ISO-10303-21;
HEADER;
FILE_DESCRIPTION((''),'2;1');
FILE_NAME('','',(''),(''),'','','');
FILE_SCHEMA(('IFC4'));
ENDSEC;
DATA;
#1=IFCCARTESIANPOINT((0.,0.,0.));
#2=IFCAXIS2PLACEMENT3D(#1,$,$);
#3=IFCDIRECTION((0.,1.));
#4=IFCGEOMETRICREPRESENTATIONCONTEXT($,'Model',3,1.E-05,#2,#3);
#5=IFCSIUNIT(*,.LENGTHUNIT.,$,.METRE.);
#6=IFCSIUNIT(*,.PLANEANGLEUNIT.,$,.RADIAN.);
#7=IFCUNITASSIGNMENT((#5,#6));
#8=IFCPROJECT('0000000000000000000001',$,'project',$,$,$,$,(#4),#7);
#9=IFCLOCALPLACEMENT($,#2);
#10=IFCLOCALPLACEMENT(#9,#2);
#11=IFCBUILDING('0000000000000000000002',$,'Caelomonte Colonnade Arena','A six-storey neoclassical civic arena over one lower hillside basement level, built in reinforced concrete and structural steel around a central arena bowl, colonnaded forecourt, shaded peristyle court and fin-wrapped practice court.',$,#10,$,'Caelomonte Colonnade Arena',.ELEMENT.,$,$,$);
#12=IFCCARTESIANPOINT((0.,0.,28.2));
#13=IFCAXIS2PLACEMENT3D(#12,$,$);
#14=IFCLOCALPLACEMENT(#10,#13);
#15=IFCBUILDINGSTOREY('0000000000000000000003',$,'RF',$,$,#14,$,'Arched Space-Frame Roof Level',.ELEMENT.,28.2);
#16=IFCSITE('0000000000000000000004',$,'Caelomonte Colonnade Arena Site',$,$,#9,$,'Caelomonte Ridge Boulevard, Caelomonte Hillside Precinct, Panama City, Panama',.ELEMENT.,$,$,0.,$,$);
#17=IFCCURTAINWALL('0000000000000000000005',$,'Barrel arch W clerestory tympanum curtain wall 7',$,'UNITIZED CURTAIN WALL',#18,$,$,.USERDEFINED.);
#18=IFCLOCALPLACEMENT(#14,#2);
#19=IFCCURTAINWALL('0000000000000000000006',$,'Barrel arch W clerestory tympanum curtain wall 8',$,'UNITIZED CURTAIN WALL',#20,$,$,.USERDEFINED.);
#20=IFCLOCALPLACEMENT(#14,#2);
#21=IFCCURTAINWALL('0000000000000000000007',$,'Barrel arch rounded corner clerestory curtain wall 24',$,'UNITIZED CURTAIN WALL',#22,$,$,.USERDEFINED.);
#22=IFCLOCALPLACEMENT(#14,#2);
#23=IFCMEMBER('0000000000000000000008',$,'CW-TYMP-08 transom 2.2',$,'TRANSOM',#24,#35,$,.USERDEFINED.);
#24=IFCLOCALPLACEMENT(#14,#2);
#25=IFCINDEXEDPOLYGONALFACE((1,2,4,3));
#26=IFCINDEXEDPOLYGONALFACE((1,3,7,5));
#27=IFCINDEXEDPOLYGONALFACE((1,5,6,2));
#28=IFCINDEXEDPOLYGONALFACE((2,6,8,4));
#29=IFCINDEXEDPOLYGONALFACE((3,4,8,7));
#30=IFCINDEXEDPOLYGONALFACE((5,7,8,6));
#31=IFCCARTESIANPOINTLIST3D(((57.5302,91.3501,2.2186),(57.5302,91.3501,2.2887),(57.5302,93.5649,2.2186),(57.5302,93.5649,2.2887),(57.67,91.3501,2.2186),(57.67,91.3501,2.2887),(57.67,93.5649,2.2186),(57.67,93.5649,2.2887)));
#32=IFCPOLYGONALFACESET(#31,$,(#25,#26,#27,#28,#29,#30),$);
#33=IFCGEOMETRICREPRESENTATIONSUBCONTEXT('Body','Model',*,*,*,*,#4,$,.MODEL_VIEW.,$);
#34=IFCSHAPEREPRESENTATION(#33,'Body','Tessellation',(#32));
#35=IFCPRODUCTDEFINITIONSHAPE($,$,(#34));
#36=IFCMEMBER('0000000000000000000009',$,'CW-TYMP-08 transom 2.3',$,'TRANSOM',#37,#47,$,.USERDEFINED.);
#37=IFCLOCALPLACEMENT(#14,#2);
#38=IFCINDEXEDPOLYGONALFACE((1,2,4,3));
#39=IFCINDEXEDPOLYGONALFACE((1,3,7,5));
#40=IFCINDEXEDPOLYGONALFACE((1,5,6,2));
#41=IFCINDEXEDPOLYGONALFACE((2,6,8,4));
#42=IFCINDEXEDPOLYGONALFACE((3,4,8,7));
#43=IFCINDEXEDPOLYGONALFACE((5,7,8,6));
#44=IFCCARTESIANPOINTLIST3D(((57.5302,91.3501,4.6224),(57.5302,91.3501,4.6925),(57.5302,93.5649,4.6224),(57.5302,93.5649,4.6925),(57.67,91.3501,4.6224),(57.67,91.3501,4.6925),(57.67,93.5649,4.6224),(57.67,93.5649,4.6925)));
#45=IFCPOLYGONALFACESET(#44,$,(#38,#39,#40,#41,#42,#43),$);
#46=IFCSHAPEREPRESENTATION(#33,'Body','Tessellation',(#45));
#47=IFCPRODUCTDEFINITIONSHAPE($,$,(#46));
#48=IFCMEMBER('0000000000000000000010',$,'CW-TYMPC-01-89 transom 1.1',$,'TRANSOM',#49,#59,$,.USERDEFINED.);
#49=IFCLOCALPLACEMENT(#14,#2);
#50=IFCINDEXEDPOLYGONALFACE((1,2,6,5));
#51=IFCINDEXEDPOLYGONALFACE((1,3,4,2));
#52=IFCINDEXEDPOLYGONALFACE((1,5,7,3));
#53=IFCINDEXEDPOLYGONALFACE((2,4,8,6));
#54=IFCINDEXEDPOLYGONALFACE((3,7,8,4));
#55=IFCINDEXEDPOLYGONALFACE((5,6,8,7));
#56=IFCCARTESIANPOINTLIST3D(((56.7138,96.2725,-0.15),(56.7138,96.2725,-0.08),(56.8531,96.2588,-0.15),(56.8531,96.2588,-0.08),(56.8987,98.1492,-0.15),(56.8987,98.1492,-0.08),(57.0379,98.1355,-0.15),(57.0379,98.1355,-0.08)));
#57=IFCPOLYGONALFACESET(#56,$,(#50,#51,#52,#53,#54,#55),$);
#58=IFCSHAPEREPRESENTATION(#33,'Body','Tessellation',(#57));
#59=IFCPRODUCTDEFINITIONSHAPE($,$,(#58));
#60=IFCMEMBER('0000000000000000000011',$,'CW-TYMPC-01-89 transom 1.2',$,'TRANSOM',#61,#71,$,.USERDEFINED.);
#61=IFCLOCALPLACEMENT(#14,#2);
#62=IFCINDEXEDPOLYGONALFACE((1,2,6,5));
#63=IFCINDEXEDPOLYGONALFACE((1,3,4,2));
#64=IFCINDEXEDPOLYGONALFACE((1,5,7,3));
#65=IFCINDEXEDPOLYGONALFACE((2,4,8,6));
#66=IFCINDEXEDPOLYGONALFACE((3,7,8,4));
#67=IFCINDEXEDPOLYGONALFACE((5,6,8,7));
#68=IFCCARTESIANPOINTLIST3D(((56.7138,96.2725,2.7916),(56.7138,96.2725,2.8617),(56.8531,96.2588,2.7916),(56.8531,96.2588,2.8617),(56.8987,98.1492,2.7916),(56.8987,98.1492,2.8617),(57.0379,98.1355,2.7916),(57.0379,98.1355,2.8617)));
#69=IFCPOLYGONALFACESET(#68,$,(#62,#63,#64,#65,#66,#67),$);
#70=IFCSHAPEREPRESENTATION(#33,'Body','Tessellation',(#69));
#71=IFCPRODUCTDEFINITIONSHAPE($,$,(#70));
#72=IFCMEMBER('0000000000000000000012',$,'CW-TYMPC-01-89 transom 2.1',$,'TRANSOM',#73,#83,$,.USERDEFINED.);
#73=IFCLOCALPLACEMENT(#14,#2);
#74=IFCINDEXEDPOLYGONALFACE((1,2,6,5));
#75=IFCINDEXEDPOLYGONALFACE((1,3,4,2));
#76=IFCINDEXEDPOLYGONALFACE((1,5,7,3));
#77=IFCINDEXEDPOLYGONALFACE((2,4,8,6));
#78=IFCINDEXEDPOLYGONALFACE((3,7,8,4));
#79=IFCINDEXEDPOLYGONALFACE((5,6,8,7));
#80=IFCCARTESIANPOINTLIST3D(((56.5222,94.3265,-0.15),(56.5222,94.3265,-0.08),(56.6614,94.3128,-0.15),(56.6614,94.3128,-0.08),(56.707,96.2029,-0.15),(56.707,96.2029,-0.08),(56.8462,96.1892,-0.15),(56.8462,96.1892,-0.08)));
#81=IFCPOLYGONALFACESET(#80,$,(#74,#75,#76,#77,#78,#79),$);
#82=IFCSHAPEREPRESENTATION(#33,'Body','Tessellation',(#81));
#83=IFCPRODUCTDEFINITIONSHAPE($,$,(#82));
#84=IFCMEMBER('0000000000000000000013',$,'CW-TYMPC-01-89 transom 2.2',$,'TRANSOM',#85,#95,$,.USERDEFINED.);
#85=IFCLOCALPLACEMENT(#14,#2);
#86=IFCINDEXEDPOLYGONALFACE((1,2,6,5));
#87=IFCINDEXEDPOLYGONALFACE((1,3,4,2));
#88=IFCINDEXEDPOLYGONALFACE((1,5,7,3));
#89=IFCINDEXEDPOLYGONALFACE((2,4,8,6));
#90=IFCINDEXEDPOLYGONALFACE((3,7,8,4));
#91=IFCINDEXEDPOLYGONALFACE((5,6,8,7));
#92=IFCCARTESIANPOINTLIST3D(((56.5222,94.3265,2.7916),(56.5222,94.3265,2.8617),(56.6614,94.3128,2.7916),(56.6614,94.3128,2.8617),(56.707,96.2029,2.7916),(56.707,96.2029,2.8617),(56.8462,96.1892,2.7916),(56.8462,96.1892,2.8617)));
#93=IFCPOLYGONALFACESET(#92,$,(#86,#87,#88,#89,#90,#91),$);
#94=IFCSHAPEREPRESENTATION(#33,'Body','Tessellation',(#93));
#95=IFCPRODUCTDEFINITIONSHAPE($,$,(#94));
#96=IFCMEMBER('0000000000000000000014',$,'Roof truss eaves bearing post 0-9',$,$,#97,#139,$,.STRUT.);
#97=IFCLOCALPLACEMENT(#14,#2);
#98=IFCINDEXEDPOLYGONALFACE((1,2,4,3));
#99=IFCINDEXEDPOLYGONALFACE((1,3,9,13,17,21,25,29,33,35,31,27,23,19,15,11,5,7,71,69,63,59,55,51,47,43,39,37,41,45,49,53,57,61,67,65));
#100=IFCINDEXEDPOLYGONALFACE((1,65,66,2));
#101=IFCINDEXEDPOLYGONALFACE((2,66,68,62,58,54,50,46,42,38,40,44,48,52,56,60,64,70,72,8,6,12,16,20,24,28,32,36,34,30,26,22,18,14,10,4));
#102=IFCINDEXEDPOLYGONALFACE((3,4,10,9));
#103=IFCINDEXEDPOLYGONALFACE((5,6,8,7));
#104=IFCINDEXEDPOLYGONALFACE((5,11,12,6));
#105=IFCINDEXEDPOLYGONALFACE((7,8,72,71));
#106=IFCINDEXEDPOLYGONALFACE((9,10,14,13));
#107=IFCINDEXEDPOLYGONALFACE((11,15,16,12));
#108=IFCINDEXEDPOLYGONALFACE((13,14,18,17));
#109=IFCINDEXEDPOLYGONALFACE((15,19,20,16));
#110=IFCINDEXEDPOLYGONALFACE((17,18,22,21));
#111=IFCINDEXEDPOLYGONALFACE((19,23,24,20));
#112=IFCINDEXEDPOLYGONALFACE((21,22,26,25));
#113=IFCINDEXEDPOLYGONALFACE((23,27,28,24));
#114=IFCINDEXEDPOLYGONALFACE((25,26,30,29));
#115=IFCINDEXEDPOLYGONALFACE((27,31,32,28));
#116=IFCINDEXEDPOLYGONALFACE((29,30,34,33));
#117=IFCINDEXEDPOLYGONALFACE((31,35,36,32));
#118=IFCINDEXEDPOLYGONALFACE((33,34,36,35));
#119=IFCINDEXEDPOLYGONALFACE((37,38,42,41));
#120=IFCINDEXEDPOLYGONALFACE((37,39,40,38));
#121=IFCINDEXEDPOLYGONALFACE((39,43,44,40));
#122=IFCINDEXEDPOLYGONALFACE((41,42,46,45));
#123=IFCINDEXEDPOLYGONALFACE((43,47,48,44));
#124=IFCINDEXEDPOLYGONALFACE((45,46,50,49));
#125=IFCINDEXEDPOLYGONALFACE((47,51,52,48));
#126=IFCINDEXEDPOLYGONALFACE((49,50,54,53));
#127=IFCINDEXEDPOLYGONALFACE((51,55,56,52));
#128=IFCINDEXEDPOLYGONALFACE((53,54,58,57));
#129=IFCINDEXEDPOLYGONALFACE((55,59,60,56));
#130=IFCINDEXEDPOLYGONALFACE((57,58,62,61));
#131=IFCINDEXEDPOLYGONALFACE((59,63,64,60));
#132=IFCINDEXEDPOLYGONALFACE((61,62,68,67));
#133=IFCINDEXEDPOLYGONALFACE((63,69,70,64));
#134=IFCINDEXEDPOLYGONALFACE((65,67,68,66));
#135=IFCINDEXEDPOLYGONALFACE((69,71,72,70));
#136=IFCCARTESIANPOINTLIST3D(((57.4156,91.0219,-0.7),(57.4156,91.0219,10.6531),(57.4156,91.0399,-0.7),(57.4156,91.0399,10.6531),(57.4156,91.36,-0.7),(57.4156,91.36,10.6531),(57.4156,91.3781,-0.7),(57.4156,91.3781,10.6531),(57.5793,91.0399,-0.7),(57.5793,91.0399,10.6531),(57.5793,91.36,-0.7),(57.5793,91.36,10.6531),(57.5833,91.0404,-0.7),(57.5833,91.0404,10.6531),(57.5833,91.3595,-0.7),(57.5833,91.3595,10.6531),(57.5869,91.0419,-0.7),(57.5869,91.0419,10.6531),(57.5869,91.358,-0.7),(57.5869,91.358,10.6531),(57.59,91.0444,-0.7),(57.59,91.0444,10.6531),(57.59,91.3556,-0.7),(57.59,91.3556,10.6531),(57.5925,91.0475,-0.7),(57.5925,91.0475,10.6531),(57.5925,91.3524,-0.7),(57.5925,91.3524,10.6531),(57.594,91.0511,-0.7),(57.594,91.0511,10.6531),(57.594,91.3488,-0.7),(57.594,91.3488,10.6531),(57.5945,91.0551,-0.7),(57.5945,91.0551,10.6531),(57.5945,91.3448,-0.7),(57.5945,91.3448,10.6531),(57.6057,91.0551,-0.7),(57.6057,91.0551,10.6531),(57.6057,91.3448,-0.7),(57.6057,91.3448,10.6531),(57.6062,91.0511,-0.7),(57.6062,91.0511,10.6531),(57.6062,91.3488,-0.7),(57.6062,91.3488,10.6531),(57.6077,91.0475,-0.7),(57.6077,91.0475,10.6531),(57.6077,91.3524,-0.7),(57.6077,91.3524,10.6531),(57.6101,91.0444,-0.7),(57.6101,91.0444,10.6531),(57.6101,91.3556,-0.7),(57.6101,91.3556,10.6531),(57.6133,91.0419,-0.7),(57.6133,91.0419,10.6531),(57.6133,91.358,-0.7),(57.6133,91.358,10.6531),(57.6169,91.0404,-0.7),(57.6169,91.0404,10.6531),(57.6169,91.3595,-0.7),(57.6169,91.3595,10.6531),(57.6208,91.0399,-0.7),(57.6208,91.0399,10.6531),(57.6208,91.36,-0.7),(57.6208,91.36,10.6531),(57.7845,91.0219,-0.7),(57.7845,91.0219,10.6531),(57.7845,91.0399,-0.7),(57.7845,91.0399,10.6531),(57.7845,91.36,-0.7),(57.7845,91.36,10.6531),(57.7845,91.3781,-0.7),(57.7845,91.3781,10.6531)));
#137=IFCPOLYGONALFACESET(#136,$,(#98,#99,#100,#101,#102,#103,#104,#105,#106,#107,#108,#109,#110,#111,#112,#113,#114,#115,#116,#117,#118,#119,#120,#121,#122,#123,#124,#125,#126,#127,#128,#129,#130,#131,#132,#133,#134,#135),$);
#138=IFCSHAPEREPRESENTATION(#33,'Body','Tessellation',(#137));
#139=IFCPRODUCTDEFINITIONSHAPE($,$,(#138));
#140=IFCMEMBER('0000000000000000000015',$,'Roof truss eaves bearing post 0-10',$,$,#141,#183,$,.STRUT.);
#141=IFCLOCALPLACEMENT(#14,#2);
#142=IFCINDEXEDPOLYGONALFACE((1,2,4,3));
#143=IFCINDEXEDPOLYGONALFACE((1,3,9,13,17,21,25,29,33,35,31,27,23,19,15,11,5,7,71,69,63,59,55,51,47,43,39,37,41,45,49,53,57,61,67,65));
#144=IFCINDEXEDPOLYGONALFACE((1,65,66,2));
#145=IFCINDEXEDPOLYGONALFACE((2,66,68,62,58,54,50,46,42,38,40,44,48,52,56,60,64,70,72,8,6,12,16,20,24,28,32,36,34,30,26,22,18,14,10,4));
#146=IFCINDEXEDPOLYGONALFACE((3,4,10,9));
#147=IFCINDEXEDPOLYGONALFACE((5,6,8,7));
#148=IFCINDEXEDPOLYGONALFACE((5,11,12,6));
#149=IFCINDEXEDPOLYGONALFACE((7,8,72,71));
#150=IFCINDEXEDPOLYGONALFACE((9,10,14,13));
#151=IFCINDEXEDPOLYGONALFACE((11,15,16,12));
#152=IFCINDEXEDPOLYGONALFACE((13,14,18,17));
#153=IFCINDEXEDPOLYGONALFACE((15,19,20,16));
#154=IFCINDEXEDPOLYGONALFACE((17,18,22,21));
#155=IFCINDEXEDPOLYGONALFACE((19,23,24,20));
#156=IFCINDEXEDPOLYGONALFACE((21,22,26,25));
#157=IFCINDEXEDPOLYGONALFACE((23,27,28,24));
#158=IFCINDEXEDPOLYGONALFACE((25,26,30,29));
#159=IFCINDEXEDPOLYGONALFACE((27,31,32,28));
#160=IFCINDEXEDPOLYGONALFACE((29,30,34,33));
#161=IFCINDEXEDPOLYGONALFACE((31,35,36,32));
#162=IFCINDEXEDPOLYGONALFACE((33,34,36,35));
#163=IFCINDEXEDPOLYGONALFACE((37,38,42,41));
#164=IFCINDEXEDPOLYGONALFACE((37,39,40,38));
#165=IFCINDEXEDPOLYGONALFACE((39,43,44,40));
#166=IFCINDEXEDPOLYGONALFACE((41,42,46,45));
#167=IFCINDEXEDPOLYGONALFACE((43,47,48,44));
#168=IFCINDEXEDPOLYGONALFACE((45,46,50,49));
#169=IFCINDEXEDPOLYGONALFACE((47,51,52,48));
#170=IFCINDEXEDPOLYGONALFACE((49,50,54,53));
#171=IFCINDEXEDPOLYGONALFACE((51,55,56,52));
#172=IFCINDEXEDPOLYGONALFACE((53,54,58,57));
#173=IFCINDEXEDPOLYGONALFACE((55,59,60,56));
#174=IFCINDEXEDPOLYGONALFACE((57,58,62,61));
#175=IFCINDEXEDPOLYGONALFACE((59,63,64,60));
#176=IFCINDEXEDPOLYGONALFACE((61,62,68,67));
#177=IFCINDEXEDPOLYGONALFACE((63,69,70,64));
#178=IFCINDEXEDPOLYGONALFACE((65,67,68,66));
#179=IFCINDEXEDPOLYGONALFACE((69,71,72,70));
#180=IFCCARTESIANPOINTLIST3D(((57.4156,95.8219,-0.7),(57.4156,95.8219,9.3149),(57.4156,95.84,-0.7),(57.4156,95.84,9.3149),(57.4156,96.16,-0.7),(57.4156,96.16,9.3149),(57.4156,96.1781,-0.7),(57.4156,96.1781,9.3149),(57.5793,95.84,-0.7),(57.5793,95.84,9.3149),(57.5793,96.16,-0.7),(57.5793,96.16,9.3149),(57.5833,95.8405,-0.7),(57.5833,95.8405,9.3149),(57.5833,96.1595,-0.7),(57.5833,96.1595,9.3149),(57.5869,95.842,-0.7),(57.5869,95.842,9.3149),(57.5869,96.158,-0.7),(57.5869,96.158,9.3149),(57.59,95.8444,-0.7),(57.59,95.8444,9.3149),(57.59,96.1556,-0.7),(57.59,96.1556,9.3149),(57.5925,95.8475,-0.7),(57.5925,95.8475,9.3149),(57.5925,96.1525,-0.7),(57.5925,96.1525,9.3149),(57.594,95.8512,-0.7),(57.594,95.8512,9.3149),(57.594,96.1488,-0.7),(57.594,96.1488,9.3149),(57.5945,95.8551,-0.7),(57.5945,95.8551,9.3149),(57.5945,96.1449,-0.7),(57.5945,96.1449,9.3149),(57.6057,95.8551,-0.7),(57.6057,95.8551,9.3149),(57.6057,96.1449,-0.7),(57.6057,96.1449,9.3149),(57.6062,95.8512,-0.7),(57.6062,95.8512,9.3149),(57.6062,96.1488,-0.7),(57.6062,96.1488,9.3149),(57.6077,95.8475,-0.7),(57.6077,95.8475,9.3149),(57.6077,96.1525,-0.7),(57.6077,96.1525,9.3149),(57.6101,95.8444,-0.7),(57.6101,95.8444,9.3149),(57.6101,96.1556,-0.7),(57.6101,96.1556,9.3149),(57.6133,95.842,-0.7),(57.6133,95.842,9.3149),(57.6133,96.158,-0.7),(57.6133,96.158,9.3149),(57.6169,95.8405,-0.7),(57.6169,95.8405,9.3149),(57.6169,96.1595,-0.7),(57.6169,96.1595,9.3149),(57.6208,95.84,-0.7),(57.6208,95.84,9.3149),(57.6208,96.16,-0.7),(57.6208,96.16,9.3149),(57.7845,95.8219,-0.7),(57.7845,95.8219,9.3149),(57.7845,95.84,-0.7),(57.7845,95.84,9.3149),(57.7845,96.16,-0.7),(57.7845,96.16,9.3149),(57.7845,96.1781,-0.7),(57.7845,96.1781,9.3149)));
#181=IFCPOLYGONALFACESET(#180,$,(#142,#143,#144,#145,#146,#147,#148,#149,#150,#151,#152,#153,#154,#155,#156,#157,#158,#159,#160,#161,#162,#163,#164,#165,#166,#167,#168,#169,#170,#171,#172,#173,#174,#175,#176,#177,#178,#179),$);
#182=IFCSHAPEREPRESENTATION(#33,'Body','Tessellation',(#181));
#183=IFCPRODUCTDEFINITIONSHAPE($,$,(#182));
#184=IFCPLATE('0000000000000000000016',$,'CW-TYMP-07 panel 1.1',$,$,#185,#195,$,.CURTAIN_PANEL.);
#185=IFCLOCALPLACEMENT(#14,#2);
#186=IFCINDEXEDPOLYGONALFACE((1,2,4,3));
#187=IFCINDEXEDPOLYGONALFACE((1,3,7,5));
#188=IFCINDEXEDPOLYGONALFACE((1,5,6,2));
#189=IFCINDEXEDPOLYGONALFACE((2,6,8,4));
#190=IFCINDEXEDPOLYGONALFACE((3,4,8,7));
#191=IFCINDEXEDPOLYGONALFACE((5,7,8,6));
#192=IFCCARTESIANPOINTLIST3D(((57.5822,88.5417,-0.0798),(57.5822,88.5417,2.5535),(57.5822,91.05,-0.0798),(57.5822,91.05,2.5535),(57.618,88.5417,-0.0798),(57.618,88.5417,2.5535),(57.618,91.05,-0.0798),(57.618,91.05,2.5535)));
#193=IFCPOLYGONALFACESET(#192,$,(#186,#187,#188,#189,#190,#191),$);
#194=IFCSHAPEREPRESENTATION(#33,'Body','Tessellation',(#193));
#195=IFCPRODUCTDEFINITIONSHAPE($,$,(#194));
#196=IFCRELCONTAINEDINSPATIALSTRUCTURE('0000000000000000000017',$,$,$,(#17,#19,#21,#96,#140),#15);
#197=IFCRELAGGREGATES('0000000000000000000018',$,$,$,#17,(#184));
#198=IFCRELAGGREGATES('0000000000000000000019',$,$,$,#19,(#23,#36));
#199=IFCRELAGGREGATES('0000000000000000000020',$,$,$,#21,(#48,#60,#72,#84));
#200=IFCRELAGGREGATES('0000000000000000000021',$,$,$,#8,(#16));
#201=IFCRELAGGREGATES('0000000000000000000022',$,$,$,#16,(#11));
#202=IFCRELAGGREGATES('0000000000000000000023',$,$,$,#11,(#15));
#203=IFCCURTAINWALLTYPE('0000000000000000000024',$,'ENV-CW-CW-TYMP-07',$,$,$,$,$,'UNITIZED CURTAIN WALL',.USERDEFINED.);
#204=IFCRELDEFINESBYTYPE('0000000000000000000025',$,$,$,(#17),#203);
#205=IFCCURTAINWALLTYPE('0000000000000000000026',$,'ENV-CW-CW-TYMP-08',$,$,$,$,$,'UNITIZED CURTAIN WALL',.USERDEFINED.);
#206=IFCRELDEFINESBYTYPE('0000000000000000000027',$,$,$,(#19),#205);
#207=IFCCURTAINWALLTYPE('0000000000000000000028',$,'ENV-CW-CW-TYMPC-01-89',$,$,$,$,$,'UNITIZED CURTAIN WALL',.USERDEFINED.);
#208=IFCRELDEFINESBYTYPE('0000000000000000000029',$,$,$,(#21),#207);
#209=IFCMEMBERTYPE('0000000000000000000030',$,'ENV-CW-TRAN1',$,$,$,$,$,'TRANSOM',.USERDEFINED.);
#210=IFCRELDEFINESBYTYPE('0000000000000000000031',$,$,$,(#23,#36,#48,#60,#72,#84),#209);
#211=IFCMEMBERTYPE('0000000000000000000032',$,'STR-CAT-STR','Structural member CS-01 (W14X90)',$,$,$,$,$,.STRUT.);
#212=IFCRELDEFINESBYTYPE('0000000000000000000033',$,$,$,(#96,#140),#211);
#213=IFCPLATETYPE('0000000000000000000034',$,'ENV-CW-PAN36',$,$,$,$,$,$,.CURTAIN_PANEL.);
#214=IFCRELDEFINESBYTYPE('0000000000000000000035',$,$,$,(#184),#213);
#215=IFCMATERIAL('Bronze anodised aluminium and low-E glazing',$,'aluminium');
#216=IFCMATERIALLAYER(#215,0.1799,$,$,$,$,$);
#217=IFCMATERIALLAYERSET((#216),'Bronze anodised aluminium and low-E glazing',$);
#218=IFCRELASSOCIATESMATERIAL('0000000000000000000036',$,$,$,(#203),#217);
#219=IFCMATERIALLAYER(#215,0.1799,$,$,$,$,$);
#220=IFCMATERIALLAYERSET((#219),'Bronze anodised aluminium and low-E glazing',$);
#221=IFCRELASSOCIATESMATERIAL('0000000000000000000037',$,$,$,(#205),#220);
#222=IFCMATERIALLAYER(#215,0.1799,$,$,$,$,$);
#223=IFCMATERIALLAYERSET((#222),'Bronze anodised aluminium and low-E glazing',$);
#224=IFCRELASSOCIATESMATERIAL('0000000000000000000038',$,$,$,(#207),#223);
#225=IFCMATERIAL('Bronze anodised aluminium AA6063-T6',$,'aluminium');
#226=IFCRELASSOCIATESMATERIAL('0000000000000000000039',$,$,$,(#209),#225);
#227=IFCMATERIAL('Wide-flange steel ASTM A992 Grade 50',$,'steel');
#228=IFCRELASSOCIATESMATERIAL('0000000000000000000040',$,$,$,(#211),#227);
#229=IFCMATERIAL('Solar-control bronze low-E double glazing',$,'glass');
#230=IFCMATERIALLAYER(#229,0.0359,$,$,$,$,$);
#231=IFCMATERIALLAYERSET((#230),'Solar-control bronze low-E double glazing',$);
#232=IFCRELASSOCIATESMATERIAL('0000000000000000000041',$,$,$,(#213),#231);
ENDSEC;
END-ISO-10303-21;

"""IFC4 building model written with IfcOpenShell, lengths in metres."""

from ifc_helpers import new_model, si_unit, direction, frame, origin, origin_2d, place, context, subcontext, project, spatial, rectangle, i_section, extrude, material, layer, layer_set, material_profile, profile_set, type_object, element, aggregate, save


model = new_model("IFC4")

# Units and contexts
model_context = context("Model", 3, precision=1e-05, world=origin(), true_north=direction((0.0, 1.0)))
body_context = subcontext(model_context, "Body", "Model", "MODEL_VIEW")
ifc_project = project(units=[si_unit("LENGTHUNIT", "METRE"), si_unit("PLANEANGLEUNIT", "RADIAN")], contexts=[model_context])

# Site, building, storey
site_placement = place(None, origin())
site = spatial("IfcSite", under=ifc_project, at=site_placement, Name="Caelomonte Colonnade Arena Site", LongName="Caelomonte Ridge Boulevard, Caelomonte Hillside Precinct, Panama City, Panama", CompositionType="ELEMENT", RefElevation=0.0)
building_placement = place(site_placement, origin())
building = spatial("IfcBuilding", under=site, at=building_placement, Name="Caelomonte Colonnade Arena", Description="A six-storey neoclassical civic arena over one lower hillside basement level, built in reinforced concrete and structural steel around a central arena bowl, colonnaded forecourt, shaded peristyle court and fin-wrapped practice court.", LongName="Caelomonte Colonnade Arena", CompositionType="ELEMENT")
storey_placement = place(building_placement, frame((0.0, 0.0, 28.2)))
storey = spatial("IfcBuildingStorey", under=building, at=storey_placement, Name="RF", LongName="Arched Space-Frame Roof Level", CompositionType="ELEMENT", Elevation=28.2)

# Curtain walls
ifc_material_1 = material(Name="Bronze anodised aluminium and low-E glazing", Category="aluminium")
ifc_layer_1 = layer(ifc_material_1, 0.1799)
ifc_layer_set_1 = layer_set([ifc_layer_1], Name="Bronze anodised aluminium and low-E glazing")
curtain_wall_type_1 = type_object("IfcCurtainWallType", Name="ENV-CW-CW-TYMP-07", ElementType="UNITIZED CURTAIN WALL", PredefinedType="USERDEFINED", material=ifc_layer_set_1)
curtain_wall_1_placement = place(storey_placement, origin())
curtain_wall_1 = element("IfcCurtainWall", 1, at=curtain_wall_1_placement, inside=storey, type_object=curtain_wall_type_1, Name="Barrel arch W clerestory tympanum curtain wall 7", ObjectType="UNITIZED CURTAIN WALL", PredefinedType="USERDEFINED")
ifc_material_2 = material(Name="Bronze anodised aluminium AA6063-T6", Category="aluminium")
ifc_layer_2 = layer(ifc_material_1, 0.1799)
ifc_layer_set_2 = layer_set([ifc_layer_2], Name="Bronze anodised aluminium and low-E glazing")
curtain_wall_type_2 = type_object("IfcCurtainWallType", Name="ENV-CW-CW-TYMP-08", ElementType="UNITIZED CURTAIN WALL", PredefinedType="USERDEFINED", material=ifc_layer_set_2)
curtain_wall_2_placement = place(storey_placement, origin())
curtain_wall_2 = element("IfcCurtainWall", 2, at=curtain_wall_2_placement, inside=storey, type_object=curtain_wall_type_2, Name="Barrel arch W clerestory tympanum curtain wall 8", ObjectType="UNITIZED CURTAIN WALL", PredefinedType="USERDEFINED")

# Curtain wall
ifc_layer_3 = layer(ifc_material_1, 0.1799)
ifc_layer_set_3 = layer_set([ifc_layer_3], Name="Bronze anodised aluminium and low-E glazing")
curtain_wall_type_3 = type_object("IfcCurtainWallType", Name="ENV-CW-CW-TYMPC-01-89", ElementType="UNITIZED CURTAIN WALL", PredefinedType="USERDEFINED", material=ifc_layer_set_3)
curtain_wall_3_placement = place(storey_placement, origin())
curtain_wall_3 = element("IfcCurtainWall", 3, at=curtain_wall_3_placement, inside=storey, type_object=curtain_wall_type_3, Name="Barrel arch rounded corner clerestory curtain wall 24", ObjectType="UNITIZED CURTAIN WALL", PredefinedType="USERDEFINED")

# Members
ifc_material_profile_1 = material_profile(ifc_material_2, rectangle(XDim=0.0701, YDim=0.1399, at=origin_2d()), Name="CWT-70X140")
ifc_profile_set_1 = profile_set([ifc_material_profile_1], Name="Bronze anodised aluminium AA6063-T6")
member_type_1 = type_object("IfcMemberType", Name="ENV-CW-TRAN1", ElementType="TRANSOM", PredefinedType="USERDEFINED", material=ifc_profile_set_1)
member_1_placement = place(storey_placement, frame((57.6001, 93.5649, 2.2537), z_axis=(0.0, -1.0, 0.0), x_axis=(0.0, 0.0, 1.0)))
member_1 = element("IfcMember", 4, at=member_1_placement, type_object=member_type_1, Name="CW-TYMP-08 transom 2.2", ObjectType="TRANSOM", PredefinedType="USERDEFINED", context=body_context, shape_type="SweptSolid", body=[
    extrude(rectangle(XDim=0.0701, YDim=0.1399, at=origin_2d()), origin(), (0.0, 0.0, 1.0), 2.2148),
])
member_2_placement = place(storey_placement, frame((57.6001, 93.5649, 4.6575), z_axis=(0.0, -1.0, 0.0), x_axis=(0.0, 0.0, 1.0)))
member_2 = element("IfcMember", 5, at=member_2_placement, type_object=member_type_1, Name="CW-TYMP-08 transom 2.3", ObjectType="TRANSOM", PredefinedType="USERDEFINED", context=body_context, shape_type="SweptSolid", body=[
    extrude(rectangle(XDim=0.0701, YDim=0.1399, at=origin_2d()), origin(), (0.0, 0.0, 1.0), 2.2148),
])
member_3_placement = place(storey_placement, frame((56.9683, 98.1423, -0.115), z_axis=(-0.098004, -0.995186, 0.0), x_axis=(0.0, 0.0, 1.0)))
member_3 = element("IfcMember", 6, at=member_3_placement, type_object=member_type_1, Name="CW-TYMPC-01-89 transom 1.1", ObjectType="TRANSOM", PredefinedType="USERDEFINED", context=body_context, shape_type="SweptSolid", body=[
    extrude(rectangle(XDim=0.0701, YDim=0.1399, at=origin_2d()), origin(), (0.0, 0.0, 1.0), 1.8857),
])
member_4_placement = place(storey_placement, frame((56.9683, 98.1423, 2.8267), z_axis=(-0.098004, -0.995186, 0.0), x_axis=(0.0, 0.0, 1.0)))
member_4 = element("IfcMember", 7, at=member_4_placement, type_object=member_type_1, Name="CW-TYMPC-01-89 transom 1.2", ObjectType="TRANSOM", PredefinedType="USERDEFINED", context=body_context, shape_type="SweptSolid", body=[
    extrude(rectangle(XDim=0.0701, YDim=0.1399, at=origin_2d()), origin(), (0.0, 0.0, 1.0), 1.8857),
])
member_5_placement = place(storey_placement, frame((56.7766, 96.196, -0.115), z_axis=(-0.098017, -0.995185, 0.0), x_axis=(0.0, 0.0, 1.0)))
member_5 = element("IfcMember", 8, at=member_5_placement, type_object=member_type_1, Name="CW-TYMPC-01-89 transom 2.1", ObjectType="TRANSOM", PredefinedType="USERDEFINED", context=body_context, shape_type="SweptSolid", body=[
    extrude(rectangle(XDim=0.0701, YDim=0.1399, at=origin_2d()), origin(), (0.0, 0.0, 1.0), 1.8855),
])
member_6_placement = place(storey_placement, frame((56.7766, 96.196, 2.8267), z_axis=(-0.098017, -0.995185, 0.0), x_axis=(0.0, 0.0, 1.0)))
member_6 = element("IfcMember", 9, at=member_6_placement, type_object=member_type_1, Name="CW-TYMPC-01-89 transom 2.2", ObjectType="TRANSOM", PredefinedType="USERDEFINED", context=body_context, shape_type="SweptSolid", body=[
    extrude(rectangle(XDim=0.0701, YDim=0.1399, at=origin_2d()), origin(), (0.0, 0.0, 1.0), 1.8855),
])

# Members
ifc_material_3 = material(Name="Wide-flange steel ASTM A992 Grade 50", Category="steel")
ifc_material_profile_2 = material_profile(ifc_material_3, i_section(OverallWidth=0.3689, OverallDepth=0.3562, WebThickness=0.0112, FlangeThickness=0.0181, FilletRadius=0.0151, at=origin_2d()), Name="W14X90")
ifc_profile_set_2 = profile_set([ifc_material_profile_2], Name="Wide-flange steel ASTM A992 Grade 50")
member_type_2 = type_object("IfcMemberType", Name="STR-CAT-STR", Description="Structural member CS-01 (W14X90)", PredefinedType="STRUT", material=ifc_profile_set_2)
member_7_placement = place(storey_placement, frame((57.6001, 91.2, -0.7), z_axis=(0.0, 0.0, 1.0), x_axis=(1.0, 0.0, 0.0)))
element("IfcMember", 10, at=member_7_placement, inside=storey, type_object=member_type_2, Name="Roof truss eaves bearing post 0-9", PredefinedType="STRUT", context=body_context, shape_type="SweptSolid", body=[
    extrude(i_section(OverallWidth=0.3689, OverallDepth=0.3562, WebThickness=0.0112, FlangeThickness=0.0181, FilletRadius=0.0151, at=origin_2d()), origin(), (0.0, 0.0, 1.0), 11.353),
])
member_8_placement = place(storey_placement, frame((57.6001, 96.0, -0.7), z_axis=(0.0, 0.0, 1.0), x_axis=(1.0, 0.0, 0.0)))
element("IfcMember", 11, at=member_8_placement, inside=storey, type_object=member_type_2, Name="Roof truss eaves bearing post 0-10", PredefinedType="STRUT", context=body_context, shape_type="SweptSolid", body=[
    extrude(i_section(OverallWidth=0.3689, OverallDepth=0.3562, WebThickness=0.0112, FlangeThickness=0.0181, FilletRadius=0.0151, at=origin_2d()), origin(), (0.0, 0.0, 1.0), 10.0149),
])

# Plate
ifc_material_4 = material(Name="Solar-control bronze low-E double glazing", Category="glass")
ifc_layer_4 = layer(ifc_material_4, 0.0359)
ifc_layer_set_4 = layer_set([ifc_layer_4], Name="Solar-control bronze low-E double glazing")
plate_type = type_object("IfcPlateType", Name="ENV-CW-PAN36", PredefinedType="CURTAIN_PANEL", material=ifc_layer_set_4)
plate_1_placement = place(storey_placement, frame((57.6001, 89.7959, -0.0798), z_axis=(0.0, 0.0, 1.0), x_axis=(0.0, -1.0, 0.0)))
plate_1 = element("IfcPlate", 12, at=plate_1_placement, type_object=plate_type, Name="CW-TYMP-07 panel 1.1", PredefinedType="CURTAIN_PANEL", context=body_context, shape_type="SweptSolid", body=[
    extrude(rectangle(XDim=2.5083, YDim=0.0359, at=origin_2d()), origin(), (0.0, 0.0, 1.0), 2.6333),
])
aggregate(curtain_wall_1, [plate_1])
aggregate(curtain_wall_2, [member_1, member_2])
aggregate(curtain_wall_3, [member_3, member_4, member_5, member_6])

save(model, "model.ifc")
